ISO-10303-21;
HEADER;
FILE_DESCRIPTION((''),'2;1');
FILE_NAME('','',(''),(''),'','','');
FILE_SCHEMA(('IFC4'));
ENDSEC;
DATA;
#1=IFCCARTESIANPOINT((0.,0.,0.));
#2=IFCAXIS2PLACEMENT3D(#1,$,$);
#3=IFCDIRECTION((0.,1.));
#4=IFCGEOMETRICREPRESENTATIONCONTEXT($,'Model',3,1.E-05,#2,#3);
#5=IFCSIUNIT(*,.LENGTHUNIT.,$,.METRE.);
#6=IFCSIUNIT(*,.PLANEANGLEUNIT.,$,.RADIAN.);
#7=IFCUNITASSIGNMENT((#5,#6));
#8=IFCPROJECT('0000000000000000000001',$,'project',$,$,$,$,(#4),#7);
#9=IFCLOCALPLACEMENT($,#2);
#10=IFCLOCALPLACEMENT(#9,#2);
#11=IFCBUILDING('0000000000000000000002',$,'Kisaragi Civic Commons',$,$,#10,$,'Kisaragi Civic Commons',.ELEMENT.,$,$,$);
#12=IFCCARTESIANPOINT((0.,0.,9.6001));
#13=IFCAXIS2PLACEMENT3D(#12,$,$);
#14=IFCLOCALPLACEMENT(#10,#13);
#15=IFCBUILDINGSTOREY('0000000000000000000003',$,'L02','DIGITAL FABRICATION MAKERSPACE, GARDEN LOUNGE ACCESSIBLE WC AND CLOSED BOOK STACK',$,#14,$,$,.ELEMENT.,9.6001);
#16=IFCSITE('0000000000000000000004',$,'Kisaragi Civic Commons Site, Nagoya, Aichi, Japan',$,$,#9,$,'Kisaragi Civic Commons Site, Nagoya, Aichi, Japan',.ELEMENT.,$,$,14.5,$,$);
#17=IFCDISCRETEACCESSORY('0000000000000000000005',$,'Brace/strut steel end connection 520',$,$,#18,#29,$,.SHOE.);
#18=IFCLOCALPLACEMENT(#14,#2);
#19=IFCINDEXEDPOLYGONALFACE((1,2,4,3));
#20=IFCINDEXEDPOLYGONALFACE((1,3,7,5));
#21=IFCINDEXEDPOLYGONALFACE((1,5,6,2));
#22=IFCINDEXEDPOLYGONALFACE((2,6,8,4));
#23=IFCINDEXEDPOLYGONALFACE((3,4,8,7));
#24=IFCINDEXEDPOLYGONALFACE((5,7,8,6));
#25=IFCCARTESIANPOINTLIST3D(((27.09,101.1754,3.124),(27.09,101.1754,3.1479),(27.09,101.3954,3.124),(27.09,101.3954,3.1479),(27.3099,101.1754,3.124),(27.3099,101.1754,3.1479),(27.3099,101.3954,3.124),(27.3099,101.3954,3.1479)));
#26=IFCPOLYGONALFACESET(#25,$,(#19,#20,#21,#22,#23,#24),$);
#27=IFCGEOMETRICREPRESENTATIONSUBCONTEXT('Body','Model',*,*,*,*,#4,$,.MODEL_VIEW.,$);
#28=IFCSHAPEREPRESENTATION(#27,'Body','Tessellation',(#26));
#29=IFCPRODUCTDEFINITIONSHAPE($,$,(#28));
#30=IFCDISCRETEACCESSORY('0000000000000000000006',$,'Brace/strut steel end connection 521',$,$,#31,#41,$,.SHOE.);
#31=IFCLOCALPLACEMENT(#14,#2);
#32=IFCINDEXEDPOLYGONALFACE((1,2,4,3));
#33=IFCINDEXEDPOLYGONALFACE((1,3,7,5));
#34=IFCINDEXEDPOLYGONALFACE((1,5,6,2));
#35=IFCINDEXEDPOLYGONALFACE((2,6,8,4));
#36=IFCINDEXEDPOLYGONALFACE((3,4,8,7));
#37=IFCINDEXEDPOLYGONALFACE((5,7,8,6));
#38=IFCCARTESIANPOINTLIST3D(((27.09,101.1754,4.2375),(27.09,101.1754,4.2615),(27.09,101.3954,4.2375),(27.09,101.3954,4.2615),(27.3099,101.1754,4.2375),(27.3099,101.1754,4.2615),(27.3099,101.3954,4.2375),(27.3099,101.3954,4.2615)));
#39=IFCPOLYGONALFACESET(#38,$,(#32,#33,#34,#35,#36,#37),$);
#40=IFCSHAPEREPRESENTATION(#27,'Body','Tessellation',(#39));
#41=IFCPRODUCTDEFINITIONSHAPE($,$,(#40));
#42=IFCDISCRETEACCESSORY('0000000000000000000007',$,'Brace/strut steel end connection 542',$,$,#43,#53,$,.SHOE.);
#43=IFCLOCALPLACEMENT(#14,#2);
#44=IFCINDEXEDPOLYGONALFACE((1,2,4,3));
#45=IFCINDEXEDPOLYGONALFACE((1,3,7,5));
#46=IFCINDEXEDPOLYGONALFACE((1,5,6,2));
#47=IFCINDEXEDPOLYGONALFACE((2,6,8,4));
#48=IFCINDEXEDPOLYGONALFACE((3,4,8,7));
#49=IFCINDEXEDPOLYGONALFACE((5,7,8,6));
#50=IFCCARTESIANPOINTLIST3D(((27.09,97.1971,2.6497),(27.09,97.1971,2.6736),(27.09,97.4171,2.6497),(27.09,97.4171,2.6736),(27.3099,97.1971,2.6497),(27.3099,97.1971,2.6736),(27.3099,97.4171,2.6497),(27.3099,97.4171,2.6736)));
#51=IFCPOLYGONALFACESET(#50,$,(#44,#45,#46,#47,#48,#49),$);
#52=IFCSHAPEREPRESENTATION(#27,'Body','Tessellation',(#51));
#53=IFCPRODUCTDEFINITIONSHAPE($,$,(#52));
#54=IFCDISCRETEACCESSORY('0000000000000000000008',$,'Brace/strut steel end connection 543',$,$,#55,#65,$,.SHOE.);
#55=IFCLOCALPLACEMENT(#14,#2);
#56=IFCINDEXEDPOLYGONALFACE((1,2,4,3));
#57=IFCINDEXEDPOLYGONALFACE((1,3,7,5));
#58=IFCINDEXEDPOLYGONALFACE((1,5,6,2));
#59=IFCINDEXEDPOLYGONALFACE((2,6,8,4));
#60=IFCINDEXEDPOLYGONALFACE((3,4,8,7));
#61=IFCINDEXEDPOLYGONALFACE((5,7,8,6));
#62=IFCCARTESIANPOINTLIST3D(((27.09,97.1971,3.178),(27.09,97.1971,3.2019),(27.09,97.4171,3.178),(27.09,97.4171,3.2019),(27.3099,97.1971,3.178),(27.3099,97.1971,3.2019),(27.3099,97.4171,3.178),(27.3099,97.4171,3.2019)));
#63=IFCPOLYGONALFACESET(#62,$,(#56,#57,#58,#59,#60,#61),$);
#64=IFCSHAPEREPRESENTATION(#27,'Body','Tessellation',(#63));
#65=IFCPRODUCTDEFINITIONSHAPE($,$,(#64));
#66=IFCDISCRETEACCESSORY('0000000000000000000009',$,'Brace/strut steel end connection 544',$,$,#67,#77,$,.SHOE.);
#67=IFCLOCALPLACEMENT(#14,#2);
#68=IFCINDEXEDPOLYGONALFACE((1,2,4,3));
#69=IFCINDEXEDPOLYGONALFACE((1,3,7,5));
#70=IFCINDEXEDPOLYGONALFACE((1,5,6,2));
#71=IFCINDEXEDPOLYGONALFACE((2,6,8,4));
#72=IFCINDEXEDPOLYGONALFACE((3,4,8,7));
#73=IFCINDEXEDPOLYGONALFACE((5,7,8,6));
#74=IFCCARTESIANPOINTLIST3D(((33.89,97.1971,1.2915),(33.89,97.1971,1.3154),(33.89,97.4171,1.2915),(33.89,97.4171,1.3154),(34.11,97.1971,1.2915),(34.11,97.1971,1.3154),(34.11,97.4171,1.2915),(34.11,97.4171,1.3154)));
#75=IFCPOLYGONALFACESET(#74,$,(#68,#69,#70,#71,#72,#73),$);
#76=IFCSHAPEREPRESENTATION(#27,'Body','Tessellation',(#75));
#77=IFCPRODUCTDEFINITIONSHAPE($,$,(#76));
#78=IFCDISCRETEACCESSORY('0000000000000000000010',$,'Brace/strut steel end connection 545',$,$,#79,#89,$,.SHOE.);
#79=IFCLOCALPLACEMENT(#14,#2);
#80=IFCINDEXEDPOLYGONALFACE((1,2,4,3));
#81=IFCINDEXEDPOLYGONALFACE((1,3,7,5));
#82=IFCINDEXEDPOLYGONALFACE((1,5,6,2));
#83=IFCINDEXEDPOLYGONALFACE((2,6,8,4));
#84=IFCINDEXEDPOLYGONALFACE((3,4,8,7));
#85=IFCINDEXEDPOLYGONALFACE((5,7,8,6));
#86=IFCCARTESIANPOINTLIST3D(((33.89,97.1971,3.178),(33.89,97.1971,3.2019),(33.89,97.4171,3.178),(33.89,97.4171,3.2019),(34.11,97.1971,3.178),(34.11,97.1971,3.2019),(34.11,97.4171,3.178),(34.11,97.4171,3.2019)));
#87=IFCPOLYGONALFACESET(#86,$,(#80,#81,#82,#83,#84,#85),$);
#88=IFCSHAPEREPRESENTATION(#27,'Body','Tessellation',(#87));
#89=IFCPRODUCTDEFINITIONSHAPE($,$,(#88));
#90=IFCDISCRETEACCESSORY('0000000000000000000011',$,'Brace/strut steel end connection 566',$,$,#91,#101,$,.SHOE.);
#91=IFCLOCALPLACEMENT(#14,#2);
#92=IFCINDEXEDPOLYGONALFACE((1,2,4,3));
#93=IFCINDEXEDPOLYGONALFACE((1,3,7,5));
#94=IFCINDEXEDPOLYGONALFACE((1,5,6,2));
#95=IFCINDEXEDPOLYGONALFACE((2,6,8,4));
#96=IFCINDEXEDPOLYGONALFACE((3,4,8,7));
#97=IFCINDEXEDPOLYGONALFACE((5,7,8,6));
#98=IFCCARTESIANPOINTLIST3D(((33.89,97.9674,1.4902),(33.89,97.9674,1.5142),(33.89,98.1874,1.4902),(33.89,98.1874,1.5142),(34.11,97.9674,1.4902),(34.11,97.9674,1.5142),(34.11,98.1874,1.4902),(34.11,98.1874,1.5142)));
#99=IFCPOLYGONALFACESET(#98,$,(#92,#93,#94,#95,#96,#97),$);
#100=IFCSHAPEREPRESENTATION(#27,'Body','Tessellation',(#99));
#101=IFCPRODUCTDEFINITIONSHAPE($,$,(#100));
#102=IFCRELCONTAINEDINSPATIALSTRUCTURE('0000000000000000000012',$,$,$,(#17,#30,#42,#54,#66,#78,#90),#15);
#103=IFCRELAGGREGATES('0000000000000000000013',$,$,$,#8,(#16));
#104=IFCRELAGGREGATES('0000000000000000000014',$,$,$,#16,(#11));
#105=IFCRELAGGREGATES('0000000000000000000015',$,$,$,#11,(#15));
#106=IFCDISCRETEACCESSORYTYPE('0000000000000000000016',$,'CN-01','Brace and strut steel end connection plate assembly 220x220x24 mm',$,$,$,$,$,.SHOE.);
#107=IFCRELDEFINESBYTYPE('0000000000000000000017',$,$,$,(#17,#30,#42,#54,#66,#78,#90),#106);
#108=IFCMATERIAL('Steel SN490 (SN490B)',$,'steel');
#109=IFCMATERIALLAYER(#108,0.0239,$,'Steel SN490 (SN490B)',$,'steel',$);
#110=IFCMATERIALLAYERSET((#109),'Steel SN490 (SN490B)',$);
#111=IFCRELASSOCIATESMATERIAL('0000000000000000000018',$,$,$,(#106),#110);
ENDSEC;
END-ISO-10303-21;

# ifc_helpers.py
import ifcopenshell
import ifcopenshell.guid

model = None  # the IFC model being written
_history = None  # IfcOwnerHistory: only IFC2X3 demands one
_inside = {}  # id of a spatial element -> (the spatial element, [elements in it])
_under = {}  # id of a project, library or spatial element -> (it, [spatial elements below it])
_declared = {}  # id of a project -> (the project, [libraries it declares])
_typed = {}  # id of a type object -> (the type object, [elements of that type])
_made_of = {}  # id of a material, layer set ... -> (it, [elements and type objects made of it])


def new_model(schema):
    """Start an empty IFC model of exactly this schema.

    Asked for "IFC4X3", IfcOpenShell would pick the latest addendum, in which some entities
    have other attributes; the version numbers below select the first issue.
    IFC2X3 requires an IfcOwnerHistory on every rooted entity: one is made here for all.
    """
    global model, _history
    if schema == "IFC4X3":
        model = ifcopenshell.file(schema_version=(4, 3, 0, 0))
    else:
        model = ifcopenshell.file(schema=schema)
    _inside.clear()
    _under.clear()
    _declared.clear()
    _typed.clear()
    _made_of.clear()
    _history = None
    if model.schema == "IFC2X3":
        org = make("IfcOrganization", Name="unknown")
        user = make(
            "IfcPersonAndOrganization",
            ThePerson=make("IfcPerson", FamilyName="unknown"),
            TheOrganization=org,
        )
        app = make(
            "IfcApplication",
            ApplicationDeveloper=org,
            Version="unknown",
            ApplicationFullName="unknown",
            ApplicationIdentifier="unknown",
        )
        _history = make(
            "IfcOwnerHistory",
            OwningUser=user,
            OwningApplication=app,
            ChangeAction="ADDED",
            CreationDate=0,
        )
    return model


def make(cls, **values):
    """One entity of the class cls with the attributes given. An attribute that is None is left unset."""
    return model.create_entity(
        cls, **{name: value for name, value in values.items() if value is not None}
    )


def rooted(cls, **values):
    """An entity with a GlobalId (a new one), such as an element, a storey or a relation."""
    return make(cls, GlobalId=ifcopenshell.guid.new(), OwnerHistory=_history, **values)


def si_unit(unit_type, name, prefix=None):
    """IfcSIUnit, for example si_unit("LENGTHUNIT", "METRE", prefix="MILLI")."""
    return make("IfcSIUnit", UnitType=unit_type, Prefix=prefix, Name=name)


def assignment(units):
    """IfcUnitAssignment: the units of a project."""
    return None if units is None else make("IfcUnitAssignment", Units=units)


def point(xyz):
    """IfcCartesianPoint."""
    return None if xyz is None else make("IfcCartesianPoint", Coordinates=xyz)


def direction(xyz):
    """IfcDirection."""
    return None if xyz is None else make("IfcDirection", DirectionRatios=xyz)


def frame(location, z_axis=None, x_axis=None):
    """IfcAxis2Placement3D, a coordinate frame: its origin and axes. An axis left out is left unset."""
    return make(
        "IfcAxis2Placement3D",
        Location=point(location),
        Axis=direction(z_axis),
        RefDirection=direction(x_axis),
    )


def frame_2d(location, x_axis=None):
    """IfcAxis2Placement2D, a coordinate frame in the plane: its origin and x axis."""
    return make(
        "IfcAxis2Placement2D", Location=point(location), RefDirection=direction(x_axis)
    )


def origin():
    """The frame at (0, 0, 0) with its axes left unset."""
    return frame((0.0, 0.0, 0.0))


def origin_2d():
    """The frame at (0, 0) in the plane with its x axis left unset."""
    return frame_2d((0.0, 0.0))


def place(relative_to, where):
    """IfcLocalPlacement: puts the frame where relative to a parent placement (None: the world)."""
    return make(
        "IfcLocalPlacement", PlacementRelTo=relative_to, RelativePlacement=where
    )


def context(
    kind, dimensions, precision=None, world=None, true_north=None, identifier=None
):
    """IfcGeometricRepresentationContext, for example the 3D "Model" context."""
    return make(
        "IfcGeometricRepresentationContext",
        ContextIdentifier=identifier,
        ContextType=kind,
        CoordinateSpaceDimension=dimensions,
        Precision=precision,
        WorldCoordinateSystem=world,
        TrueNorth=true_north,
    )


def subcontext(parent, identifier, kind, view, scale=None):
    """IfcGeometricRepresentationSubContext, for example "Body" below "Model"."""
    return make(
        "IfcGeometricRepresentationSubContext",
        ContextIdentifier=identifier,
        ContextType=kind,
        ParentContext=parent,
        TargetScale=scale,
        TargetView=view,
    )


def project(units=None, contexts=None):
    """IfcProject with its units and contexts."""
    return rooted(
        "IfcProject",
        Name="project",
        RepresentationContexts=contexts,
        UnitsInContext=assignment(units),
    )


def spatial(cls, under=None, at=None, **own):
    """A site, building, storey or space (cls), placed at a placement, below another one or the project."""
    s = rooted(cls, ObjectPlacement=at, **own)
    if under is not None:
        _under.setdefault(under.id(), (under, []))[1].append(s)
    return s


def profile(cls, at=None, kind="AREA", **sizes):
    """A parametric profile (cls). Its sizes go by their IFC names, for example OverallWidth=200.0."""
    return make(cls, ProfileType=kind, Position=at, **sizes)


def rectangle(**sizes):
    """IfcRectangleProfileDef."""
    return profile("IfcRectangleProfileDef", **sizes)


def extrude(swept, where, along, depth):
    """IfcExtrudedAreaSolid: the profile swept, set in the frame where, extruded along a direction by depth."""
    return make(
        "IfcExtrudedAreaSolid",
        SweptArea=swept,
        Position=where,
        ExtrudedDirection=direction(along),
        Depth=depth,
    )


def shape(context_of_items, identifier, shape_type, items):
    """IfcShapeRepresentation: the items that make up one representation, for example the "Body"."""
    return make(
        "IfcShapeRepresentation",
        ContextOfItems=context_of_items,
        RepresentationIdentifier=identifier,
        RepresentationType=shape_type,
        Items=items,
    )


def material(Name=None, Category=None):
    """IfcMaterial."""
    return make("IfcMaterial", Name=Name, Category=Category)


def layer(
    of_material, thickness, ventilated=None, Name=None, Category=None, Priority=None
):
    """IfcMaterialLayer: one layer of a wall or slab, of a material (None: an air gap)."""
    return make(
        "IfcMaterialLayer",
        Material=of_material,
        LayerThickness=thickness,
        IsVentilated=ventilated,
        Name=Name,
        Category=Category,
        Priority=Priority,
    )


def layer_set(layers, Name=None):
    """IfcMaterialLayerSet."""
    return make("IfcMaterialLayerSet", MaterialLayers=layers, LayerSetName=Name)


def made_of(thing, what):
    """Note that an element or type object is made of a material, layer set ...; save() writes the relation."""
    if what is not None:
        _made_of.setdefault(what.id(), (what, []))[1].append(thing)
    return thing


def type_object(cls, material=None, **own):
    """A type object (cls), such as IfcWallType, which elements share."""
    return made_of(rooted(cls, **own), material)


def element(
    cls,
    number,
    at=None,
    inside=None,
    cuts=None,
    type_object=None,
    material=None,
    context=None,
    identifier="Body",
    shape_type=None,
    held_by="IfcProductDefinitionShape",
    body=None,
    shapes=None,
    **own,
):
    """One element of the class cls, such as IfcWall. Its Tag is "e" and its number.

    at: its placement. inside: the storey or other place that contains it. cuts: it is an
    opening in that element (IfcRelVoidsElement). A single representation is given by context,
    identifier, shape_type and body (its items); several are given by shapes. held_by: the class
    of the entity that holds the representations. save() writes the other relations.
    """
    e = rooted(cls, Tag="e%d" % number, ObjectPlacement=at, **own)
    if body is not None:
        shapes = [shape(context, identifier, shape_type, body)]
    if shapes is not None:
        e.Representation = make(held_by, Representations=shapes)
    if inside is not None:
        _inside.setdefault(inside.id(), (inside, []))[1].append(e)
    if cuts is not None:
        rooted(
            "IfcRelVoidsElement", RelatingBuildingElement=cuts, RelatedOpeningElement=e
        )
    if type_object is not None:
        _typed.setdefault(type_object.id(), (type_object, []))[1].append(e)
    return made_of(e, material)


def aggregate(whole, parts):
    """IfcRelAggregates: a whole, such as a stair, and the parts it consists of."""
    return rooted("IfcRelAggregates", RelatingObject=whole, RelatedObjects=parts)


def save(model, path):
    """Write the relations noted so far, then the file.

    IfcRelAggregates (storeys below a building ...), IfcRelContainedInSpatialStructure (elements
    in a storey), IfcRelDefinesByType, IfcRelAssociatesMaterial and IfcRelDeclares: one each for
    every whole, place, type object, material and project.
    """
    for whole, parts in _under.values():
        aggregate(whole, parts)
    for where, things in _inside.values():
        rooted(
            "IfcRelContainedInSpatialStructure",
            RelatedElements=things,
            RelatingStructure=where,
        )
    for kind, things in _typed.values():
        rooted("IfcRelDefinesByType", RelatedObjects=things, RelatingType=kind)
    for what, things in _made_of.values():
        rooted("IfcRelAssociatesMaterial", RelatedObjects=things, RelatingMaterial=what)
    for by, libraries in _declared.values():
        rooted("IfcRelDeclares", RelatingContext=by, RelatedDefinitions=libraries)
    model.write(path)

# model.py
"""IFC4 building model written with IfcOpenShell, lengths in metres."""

from ifc_helpers import new_model, si_unit, direction, frame, origin, origin_2d, place, context, subcontext, project, spatial, rectangle, extrude, material, layer, layer_set, type_object, element, save


model = new_model("IFC4")

# Units and contexts
model_context = context("Model", 3, precision=1e-05, world=origin(), true_north=direction((0.0, 1.0)))
body_context = subcontext(model_context, "Body", "Model", "MODEL_VIEW")
ifc_project = project(units=[si_unit("LENGTHUNIT", "METRE"), si_unit("PLANEANGLEUNIT", "RADIAN")], contexts=[model_context])

# Site, building, storey
site_placement = place(None, origin())
site = spatial("IfcSite", under=ifc_project, at=site_placement, Name="Kisaragi Civic Commons Site, Nagoya, Aichi, Japan", LongName="Kisaragi Civic Commons Site, Nagoya, Aichi, Japan", CompositionType="ELEMENT", RefElevation=14.5)
building_placement = place(site_placement, origin())
building = spatial("IfcBuilding", under=site, at=building_placement, Name="Kisaragi Civic Commons", LongName="Kisaragi Civic Commons", CompositionType="ELEMENT")
storey_placement = place(building_placement, frame((0.0, 0.0, 9.6001)))
storey = spatial("IfcBuildingStorey", under=building, at=storey_placement, Name="L02", Description="DIGITAL FABRICATION MAKERSPACE, GARDEN LOUNGE ACCESSIBLE WC AND CLOSED BOOK STACK", CompositionType="ELEMENT", Elevation=9.6001)

# Shared definitions
ifc_material_1 = material(Name="Steel SN490 (SN490B)", Category="steel")

# Discrete accessories
ifc_layer_1 = layer(ifc_material_1, 0.0239, Name="Steel SN490 (SN490B)", Category="steel")
ifc_layer_set_1 = layer_set([ifc_layer_1], Name="Steel SN490 (SN490B)")
discrete_accessory_type = type_object("IfcDiscreteAccessoryType", Name="CN-01", Description="Brace and strut steel end connection plate assembly 220x220x24 mm", PredefinedType="SHOE", material=ifc_layer_set_1)
for number, where, z_axis, x_axis, name in (
    (1, (27.2, 101.2854, 3.124), (0.0, 0.0, 1.0), (1.0, 0.0, 0.0), "Brace/strut steel end connection 520"),
    (2, (27.2, 101.2854, 4.2375), (0.0, 0.0, 1.0), (1.0, 0.0, 0.0), "Brace/strut steel end connection 521"),
    (3, (27.2, 97.3071, 2.6497), (0.0, 0.0, 1.0), (1.0, 0.0, 0.0), "Brace/strut steel end connection 542"),
    (4, (27.2, 97.3071, 3.178), (0.0, 0.0, 1.0), (1.0, 0.0, 0.0), "Brace/strut steel end connection 543"),
    (5, (34.0, 97.3071, 1.2915), (0.0, 0.0, 1.0), (1.0, 0.0, 0.0), "Brace/strut steel end connection 544"),
    (6, (34.0, 97.3071, 3.178), (0.0, 0.0, 1.0), (1.0, 0.0, 0.0), "Brace/strut steel end connection 545"),
    (7, (34.0, 98.0774, 1.4902), (0.0, 0.0, 1.0), (1.0, 0.0, 0.0), "Brace/strut steel end connection 566"),
):
    element("IfcDiscreteAccessory", number, at=place(storey_placement, frame(where, z_axis=z_axis, x_axis=x_axis)), inside=storey, type_object=discrete_accessory_type, Name=name, PredefinedType="SHOE", context=body_context, shape_type="SweptSolid", body=[
        extrude(rectangle(XDim=0.22, YDim=0.22, at=origin_2d()), origin(), (0.0, 0.0, 1.0), 0.0239),
    ])

save(model, "model.ifc")
